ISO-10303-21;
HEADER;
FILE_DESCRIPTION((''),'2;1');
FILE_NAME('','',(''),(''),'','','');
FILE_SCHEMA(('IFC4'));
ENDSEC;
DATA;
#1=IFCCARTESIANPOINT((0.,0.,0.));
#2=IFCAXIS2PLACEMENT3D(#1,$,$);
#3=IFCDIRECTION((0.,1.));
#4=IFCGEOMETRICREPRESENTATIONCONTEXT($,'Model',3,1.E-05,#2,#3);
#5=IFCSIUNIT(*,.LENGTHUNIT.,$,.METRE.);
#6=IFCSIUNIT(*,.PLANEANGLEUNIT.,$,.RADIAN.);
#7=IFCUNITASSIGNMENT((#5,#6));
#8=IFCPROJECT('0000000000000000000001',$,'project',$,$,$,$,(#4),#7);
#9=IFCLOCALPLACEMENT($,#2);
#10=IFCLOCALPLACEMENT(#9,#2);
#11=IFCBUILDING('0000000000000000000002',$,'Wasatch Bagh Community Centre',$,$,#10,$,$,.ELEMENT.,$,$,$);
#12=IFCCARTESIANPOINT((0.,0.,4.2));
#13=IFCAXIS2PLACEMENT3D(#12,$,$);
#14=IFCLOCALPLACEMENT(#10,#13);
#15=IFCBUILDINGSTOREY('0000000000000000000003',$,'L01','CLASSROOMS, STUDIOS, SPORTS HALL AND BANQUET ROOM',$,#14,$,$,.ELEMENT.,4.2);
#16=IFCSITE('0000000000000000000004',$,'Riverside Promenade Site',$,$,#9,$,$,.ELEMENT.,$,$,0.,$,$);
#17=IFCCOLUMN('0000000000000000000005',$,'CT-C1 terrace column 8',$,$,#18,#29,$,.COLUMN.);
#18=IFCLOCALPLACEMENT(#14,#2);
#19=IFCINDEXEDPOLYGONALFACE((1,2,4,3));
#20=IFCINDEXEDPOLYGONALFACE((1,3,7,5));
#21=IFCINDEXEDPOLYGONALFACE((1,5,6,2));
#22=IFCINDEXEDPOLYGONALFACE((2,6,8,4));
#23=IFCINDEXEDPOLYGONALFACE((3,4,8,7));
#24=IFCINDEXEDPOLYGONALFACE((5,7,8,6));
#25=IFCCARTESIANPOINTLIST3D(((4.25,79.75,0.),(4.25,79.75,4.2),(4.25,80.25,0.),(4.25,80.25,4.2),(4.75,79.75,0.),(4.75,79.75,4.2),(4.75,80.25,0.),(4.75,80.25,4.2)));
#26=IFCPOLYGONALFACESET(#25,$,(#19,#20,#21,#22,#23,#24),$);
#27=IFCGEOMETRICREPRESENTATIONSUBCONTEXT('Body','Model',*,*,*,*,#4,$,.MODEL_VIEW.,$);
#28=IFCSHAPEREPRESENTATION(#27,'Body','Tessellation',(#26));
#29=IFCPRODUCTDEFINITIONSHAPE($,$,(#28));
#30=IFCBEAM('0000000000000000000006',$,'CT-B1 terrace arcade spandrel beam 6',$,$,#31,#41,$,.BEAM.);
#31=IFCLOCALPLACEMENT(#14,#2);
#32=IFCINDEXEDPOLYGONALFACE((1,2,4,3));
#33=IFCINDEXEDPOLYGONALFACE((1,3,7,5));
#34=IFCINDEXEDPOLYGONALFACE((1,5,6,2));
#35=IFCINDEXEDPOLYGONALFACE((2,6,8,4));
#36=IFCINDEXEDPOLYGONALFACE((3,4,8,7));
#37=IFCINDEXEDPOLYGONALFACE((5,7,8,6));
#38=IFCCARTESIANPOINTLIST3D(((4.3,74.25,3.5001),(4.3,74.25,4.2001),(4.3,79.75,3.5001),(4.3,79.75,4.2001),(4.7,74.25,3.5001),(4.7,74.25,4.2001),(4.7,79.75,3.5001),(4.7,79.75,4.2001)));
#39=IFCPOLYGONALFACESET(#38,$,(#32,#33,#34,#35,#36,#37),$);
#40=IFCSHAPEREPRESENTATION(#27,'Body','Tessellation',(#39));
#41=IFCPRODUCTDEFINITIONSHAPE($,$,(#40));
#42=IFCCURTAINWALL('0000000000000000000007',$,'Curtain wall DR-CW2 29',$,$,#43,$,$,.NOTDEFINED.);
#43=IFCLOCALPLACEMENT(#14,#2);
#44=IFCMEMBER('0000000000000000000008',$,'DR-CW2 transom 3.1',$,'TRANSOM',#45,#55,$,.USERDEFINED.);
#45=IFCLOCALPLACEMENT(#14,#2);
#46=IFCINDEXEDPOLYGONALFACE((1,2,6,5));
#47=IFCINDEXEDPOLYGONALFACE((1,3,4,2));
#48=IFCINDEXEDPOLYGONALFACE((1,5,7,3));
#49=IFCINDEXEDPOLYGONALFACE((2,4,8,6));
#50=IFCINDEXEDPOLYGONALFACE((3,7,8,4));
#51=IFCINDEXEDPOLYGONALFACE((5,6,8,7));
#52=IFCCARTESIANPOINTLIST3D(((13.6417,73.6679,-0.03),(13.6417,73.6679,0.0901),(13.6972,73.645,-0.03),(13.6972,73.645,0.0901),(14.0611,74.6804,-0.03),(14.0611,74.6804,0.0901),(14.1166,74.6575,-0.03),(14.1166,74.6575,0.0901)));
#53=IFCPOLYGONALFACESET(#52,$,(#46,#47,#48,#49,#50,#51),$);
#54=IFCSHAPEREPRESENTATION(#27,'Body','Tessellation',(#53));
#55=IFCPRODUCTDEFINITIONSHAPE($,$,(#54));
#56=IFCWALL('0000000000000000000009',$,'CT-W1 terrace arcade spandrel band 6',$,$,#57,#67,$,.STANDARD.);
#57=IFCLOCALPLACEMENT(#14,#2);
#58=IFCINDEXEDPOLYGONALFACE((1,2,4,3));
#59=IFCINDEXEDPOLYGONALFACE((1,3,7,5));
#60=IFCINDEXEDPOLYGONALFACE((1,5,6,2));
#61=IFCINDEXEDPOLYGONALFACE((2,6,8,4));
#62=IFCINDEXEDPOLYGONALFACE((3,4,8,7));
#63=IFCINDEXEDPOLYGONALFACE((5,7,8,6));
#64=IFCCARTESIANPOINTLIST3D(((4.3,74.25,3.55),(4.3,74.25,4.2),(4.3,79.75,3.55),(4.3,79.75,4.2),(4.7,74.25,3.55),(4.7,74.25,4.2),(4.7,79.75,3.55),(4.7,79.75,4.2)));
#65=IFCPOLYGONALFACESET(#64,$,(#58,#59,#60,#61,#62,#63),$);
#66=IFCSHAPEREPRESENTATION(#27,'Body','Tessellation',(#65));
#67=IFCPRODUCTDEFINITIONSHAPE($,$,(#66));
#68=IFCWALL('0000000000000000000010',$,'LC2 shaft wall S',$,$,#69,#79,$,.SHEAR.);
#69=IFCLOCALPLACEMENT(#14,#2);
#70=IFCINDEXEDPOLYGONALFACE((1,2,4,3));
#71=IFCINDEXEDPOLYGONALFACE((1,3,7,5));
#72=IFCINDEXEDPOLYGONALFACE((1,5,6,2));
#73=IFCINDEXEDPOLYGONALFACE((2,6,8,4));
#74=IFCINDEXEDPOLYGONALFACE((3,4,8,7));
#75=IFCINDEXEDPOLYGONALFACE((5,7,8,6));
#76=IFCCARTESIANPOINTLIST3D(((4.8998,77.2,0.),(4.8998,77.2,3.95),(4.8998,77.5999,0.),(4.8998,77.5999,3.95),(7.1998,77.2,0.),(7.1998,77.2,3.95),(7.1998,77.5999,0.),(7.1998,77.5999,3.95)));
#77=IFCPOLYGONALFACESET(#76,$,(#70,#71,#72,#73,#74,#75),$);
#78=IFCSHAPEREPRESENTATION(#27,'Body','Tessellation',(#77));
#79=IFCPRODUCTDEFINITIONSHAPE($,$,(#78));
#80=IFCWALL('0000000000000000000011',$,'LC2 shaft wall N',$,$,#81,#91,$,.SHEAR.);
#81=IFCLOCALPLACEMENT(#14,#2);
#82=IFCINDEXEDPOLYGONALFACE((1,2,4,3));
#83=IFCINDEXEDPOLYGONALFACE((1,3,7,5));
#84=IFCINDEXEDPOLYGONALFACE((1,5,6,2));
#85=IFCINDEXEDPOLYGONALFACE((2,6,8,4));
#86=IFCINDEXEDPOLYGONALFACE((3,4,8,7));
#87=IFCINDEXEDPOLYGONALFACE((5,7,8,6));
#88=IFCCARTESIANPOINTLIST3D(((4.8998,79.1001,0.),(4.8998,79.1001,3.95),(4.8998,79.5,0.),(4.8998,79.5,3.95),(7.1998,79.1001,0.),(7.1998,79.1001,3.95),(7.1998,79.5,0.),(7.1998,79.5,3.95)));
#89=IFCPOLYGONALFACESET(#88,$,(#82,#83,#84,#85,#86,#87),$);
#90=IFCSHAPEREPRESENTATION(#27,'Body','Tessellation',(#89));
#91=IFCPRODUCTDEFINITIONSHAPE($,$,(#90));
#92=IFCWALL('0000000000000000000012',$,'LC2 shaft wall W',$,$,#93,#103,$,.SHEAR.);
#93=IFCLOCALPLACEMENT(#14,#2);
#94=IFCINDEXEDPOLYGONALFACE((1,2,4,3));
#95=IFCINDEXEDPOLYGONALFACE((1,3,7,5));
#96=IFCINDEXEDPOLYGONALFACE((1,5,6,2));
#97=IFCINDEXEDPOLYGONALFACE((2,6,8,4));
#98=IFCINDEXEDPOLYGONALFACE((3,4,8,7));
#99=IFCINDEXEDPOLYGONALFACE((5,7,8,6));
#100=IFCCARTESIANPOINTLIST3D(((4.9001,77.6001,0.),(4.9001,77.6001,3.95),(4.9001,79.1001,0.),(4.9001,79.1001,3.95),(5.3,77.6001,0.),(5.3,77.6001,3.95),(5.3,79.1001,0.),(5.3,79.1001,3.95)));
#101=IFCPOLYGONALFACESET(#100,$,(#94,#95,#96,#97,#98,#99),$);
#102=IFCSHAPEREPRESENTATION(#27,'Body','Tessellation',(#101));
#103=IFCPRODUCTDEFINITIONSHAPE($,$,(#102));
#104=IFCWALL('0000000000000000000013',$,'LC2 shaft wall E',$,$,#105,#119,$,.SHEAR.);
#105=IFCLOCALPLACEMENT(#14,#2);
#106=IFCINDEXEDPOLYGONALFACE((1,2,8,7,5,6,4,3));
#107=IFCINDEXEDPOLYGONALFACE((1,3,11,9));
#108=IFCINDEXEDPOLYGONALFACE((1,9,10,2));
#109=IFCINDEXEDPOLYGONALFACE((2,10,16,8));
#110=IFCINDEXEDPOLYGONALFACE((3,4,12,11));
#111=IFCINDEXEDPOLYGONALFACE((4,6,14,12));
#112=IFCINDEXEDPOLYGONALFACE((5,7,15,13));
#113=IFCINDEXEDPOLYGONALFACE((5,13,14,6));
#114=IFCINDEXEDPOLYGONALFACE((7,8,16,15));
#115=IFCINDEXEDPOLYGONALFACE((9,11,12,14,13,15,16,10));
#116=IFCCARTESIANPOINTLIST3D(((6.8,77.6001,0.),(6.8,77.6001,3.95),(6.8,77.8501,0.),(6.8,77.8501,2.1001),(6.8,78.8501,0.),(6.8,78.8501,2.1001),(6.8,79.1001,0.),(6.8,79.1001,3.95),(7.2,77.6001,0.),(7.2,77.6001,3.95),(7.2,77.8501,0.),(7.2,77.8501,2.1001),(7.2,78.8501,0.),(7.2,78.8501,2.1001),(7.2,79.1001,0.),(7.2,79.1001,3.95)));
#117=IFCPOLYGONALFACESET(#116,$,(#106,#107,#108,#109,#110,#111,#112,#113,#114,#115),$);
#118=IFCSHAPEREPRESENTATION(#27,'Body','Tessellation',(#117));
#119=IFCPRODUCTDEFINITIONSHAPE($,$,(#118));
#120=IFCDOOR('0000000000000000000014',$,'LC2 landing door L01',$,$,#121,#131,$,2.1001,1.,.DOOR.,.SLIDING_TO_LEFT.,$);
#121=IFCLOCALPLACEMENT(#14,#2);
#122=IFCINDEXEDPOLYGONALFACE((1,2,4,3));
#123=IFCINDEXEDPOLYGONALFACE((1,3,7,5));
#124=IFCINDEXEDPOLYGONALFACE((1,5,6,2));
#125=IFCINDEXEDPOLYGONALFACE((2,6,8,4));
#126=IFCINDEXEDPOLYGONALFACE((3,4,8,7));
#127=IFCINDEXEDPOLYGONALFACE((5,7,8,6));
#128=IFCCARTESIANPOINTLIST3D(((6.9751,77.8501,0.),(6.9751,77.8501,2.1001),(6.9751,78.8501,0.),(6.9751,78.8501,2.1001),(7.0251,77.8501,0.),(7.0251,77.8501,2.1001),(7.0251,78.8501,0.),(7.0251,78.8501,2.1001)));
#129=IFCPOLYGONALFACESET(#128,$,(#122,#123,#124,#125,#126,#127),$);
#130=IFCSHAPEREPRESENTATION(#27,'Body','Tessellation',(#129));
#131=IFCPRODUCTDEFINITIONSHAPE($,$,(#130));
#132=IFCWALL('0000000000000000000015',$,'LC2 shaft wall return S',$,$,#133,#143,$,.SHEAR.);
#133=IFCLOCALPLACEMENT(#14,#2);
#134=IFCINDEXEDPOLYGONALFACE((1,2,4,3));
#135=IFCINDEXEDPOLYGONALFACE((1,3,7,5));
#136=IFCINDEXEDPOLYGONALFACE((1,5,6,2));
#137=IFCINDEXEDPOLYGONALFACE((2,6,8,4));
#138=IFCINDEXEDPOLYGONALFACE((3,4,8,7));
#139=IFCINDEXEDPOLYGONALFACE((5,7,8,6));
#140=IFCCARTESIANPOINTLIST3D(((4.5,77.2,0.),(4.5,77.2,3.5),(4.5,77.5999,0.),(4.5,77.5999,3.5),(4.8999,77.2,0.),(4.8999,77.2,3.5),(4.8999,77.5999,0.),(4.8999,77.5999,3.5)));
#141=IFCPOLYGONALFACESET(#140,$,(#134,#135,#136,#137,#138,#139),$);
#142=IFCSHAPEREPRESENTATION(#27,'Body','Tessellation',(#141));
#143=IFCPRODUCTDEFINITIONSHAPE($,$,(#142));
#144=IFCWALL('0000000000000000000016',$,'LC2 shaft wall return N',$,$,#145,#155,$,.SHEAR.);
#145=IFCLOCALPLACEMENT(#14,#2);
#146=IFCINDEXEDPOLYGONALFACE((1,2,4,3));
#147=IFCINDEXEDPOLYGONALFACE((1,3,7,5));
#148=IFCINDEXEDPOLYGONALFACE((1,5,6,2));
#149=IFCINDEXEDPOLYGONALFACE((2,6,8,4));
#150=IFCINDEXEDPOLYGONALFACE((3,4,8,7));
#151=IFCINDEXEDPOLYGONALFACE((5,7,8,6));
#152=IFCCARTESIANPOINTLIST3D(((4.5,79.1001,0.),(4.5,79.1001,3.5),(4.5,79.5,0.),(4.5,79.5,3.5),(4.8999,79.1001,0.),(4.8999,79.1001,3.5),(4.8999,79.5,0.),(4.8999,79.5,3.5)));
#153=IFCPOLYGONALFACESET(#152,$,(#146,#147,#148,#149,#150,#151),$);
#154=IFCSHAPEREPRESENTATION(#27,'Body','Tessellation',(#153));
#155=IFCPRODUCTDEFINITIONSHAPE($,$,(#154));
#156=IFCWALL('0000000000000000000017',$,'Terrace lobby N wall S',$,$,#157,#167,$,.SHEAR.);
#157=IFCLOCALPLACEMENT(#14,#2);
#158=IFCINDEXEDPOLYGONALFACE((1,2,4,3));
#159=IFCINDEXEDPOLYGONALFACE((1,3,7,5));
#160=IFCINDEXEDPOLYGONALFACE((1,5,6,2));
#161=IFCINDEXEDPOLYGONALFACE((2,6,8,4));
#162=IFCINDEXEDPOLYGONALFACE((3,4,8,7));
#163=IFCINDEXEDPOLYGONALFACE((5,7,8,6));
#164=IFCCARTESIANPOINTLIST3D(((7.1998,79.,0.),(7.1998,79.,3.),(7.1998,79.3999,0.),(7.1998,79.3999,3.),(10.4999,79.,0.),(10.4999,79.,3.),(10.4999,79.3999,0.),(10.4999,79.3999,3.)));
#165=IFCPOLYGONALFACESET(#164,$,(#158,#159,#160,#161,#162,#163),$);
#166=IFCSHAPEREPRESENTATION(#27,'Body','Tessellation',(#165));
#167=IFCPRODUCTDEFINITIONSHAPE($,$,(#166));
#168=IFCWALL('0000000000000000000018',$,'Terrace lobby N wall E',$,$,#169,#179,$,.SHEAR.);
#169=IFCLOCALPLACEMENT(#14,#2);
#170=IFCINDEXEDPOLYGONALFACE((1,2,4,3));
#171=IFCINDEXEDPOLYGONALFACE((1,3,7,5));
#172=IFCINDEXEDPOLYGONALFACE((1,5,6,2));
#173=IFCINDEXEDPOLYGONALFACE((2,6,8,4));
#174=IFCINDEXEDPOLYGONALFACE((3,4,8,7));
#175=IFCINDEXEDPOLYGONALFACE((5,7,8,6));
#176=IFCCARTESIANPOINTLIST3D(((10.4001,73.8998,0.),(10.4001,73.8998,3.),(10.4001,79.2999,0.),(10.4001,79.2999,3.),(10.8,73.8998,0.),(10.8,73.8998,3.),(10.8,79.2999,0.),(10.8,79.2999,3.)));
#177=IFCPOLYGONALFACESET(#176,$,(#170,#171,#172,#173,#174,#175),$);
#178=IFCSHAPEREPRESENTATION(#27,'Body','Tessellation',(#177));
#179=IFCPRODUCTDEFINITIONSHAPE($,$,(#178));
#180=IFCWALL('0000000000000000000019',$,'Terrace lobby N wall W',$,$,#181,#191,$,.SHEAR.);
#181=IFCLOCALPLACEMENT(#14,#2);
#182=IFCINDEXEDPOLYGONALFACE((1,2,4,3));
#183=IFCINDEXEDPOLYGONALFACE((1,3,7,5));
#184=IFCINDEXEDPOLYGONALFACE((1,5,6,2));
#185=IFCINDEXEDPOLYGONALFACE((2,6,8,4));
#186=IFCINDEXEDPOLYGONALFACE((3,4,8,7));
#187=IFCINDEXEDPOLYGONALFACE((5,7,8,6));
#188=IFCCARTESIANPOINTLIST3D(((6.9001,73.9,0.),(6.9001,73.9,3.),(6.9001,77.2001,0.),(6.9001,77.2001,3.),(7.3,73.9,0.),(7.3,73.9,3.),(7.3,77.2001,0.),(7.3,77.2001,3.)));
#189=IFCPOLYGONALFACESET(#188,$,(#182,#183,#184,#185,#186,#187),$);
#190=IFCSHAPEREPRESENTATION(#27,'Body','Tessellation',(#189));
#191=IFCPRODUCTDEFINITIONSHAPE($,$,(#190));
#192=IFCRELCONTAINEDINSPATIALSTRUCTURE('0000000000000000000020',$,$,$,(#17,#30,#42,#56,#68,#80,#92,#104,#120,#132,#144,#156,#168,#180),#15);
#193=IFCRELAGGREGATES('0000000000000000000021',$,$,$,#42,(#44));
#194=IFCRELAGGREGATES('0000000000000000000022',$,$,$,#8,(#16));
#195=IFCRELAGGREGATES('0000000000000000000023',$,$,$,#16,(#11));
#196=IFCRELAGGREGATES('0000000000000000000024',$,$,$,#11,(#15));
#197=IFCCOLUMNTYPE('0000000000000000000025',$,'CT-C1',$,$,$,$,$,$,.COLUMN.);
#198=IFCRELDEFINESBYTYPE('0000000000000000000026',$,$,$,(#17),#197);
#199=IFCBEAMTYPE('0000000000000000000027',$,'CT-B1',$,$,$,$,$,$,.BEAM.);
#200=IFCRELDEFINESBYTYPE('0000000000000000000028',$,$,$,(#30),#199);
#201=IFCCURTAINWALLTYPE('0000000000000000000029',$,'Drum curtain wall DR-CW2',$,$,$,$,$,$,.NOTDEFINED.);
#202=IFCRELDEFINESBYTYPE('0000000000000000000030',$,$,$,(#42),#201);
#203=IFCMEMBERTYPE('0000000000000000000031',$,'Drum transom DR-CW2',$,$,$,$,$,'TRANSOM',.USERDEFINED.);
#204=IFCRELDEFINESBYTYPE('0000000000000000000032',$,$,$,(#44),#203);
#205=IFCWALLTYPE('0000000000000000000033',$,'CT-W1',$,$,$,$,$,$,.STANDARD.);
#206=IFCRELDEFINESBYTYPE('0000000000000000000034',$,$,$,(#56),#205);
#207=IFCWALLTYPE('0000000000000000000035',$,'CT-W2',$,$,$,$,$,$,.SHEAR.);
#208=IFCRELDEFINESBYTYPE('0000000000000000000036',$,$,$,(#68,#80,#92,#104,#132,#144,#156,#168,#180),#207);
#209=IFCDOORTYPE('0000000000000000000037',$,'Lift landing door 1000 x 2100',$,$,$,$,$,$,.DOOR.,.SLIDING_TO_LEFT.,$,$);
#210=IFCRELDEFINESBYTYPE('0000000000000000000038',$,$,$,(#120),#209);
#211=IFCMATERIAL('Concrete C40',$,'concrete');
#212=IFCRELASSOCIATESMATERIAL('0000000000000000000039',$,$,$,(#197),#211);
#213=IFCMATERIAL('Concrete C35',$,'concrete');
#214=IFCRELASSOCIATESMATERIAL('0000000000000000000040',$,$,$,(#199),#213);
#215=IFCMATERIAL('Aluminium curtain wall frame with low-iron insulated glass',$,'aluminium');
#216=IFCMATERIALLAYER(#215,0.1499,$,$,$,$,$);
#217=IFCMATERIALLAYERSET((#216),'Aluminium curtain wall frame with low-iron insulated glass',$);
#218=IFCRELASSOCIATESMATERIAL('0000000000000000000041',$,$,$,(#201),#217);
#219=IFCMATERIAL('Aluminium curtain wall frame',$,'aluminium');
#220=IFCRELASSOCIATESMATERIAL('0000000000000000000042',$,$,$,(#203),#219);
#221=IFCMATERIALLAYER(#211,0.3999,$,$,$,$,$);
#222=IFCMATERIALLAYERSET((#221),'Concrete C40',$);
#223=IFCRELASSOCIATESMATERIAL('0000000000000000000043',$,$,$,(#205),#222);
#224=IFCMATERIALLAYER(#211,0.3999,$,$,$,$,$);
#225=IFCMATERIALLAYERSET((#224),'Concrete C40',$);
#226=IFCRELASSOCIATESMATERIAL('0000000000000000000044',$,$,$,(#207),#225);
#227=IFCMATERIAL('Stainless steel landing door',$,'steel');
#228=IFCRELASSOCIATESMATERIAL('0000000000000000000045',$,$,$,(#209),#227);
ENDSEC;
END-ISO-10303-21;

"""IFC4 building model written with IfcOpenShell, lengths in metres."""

from ifc_helpers import new_model, si_unit, direction, frame, frame_2d, origin, origin_2d, place, context, subcontext, project, spatial, rectangle, extrude, material, layer, layer_set, material_profile, profile_set, type_object, element, fill, aggregate, save


model = new_model("IFC4")

# Units and contexts
model_context = context("Model", 3, precision=1e-05, world=origin(), true_north=direction((0.0, 1.0)))
body_context = subcontext(model_context, "Body", "Model", "MODEL_VIEW")
ifc_project = project(units=[si_unit("LENGTHUNIT", "METRE"), si_unit("PLANEANGLEUNIT", "RADIAN")], contexts=[model_context])

# Site, building, storey
site_placement = place(None, origin())
site = spatial("IfcSite", under=ifc_project, at=site_placement, Name="Riverside Promenade Site", CompositionType="ELEMENT", RefElevation=0.0)
building_placement = place(site_placement, origin())
building = spatial("IfcBuilding", under=site, at=building_placement, Name="Wasatch Bagh Community Centre", CompositionType="ELEMENT")
storey_placement = place(building_placement, frame((0.0, 0.0, 4.2)))
storey = spatial("IfcBuildingStorey", under=building, at=storey_placement, Name="L01", Description="CLASSROOMS, STUDIOS, SPORTS HALL AND BANQUET ROOM", CompositionType="ELEMENT", Elevation=4.2)

# Column
ifc_material_1 = material(Name="Concrete C40", Category="concrete")
ifc_material_profile_1 = material_profile(ifc_material_1, rectangle(XDim=0.5, YDim=0.5, at=origin_2d()), Name="RC 500x500")
ifc_profile_set_1 = profile_set([ifc_material_profile_1], Name="Concrete C40")
column_type = type_object("IfcColumnType", Name="CT-C1", PredefinedType="COLUMN", material=ifc_profile_set_1)
column_placement = place(storey_placement, frame((4.5, 80.0, 0.0), z_axis=(0.0, 0.0, 1.0), x_axis=(1.0, 0.0, 0.0)))
element("IfcColumn", 1, at=column_placement, inside=storey, type_object=column_type, Name="CT-C1 terrace column 8", PredefinedType="COLUMN", context=body_context, shape_type="SweptSolid", body=[
    extrude(rectangle(XDim=0.5, YDim=0.5, at=origin_2d()), origin(), (0.0, 0.0, 1.0), 4.2),
])

# Beam
ifc_material_2 = material(Name="Concrete C35", Category="concrete")
ifc_material_profile_2 = material_profile(ifc_material_2, rectangle(XDim=0.3999, YDim=0.7, at=origin_2d()), Name="RC 400x700")
ifc_profile_set_2 = profile_set([ifc_material_profile_2], Name="Concrete C35")
beam_type = type_object("IfcBeamType", Name="CT-B1", PredefinedType="BEAM", material=ifc_profile_set_2)
beam_placement = place(storey_placement, frame((4.5, 74.25, 3.8501), z_axis=(0.0, 1.0, 0.0), x_axis=(-1.0, 0.0, 0.0)))
element("IfcBeam", 2, at=beam_placement, inside=storey, type_object=beam_type, Name="CT-B1 terrace arcade spandrel beam 6", PredefinedType="BEAM", context=body_context, shape_type="SweptSolid", body=[
    extrude(rectangle(XDim=0.3999, YDim=0.7, at=origin_2d()), origin(), (0.0, 0.0, 1.0), 5.5),
])

# Curtain wall, member
ifc_material_3 = material(Name="Aluminium curtain wall frame with low-iron insulated glass", Category="aluminium")
ifc_layer_1 = layer(ifc_material_3, 0.1499)
ifc_layer_set_1 = layer_set([ifc_layer_1], Name="Aluminium curtain wall frame with low-iron insulated glass")
curtain_wall_type = type_object("IfcCurtainWallType", Name="Drum curtain wall DR-CW2", PredefinedType="NOTDEFINED", material=ifc_layer_set_1)
curtain_wall_placement = place(storey_placement, origin())
curtain_wall = element("IfcCurtainWall", 3, at=curtain_wall_placement, inside=storey, type_object=curtain_wall_type, Name="Curtain wall DR-CW2 29", PredefinedType="NOTDEFINED")
ifc_material_4 = material(Name="Aluminium curtain wall frame", Category="aluminium")
ifc_material_profile_3 = material_profile(ifc_material_4, rectangle(XDim=0.0601, YDim=0.1201, at=origin_2d()), Name="Drum transom DR-CW2")
ifc_profile_set_3 = profile_set([ifc_material_profile_3], Name="Aluminium curtain wall frame")
member_type = type_object("IfcMemberType", Name="Drum transom DR-CW2", ElementType="TRANSOM", PredefinedType="USERDEFINED", material=ifc_profile_set_3)
member_placement = place(storey_placement, frame((14.0889, 74.6689, 0.03), z_axis=(-0.382732, -0.923859, 0.0), x_axis=(0.923859, -0.382732, 0.0)))
member = element("IfcMember", 4, at=member_placement, type_object=member_type, Name="DR-CW2 transom 3.1", ObjectType="TRANSOM", PredefinedType="USERDEFINED", context=body_context, shape_type="SweptSolid", body=[
    extrude(rectangle(XDim=0.0601, YDim=0.1201, at=origin_2d()), origin(), (0.0, 0.0, 1.0), 1.0959),
])
aggregate(curtain_wall, [member])

# Walls
ifc_layer_2 = layer(ifc_material_1, 0.3999)
ifc_layer_set_2 = layer_set([ifc_layer_2], Name="Concrete C40")
wall_type_1 = type_object("IfcWallType", Name="CT-W1", PredefinedType="STANDARD", material=ifc_layer_set_2)
wall_1_placement = place(storey_placement, frame((4.5, 74.25, 3.55), z_axis=(0.0, 0.0, 1.0), x_axis=(0.0, 1.0, 0.0)))
element("IfcWall", 5, at=wall_1_placement, inside=storey, type_object=wall_type_1, Name="CT-W1 terrace arcade spandrel band 6", PredefinedType="STANDARD", context=body_context, shape_type="SweptSolid", body=[
    extrude(rectangle(XDim=5.5, YDim=0.3999, at=frame_2d((2.75, 0.0))), origin(), (0.0, 0.0, 1.0), 0.6499),
])
ifc_layer_3 = layer(ifc_material_1, 0.3999)
ifc_layer_set_3 = layer_set([ifc_layer_3], Name="Concrete C40")
wall_type_2 = type_object("IfcWallType", Name="CT-W2", PredefinedType="SHEAR", material=ifc_layer_set_3)
for number, where, z_axis, x_axis, name in (
    (6, (4.8999, 77.3999, 0.0), (0.0, 0.0, 1.0), (1.0, 0.0, 0.0), "LC2 shaft wall S"),
    (7, (4.8999, 79.3, 0.0), (0.0, 0.0, 1.0), (1.0, 0.0, 0.0), "LC2 shaft wall N"),
):
    element("IfcWall", number, at=place(storey_placement, frame(where, z_axis=z_axis, x_axis=x_axis)), inside=storey, type_object=wall_type_2, Name=name, PredefinedType="SHEAR", context=body_context, shape_type="SweptSolid", body=[
        extrude(rectangle(XDim=2.3, YDim=0.3999, at=frame_2d((1.1499, 0.0))), origin(), (0.0, 0.0, 1.0), 3.95),
    ])
wall_2_placement = place(storey_placement, frame((5.1001, 77.6001, 0.0), z_axis=(0.0, 0.0, 1.0), x_axis=(0.0, 1.0, 0.0)))
element("IfcWall", 8, at=wall_2_placement, inside=storey, type_object=wall_type_2, Name="LC2 shaft wall W", PredefinedType="SHEAR", context=body_context, shape_type="SweptSolid", body=[
    extrude(rectangle(XDim=1.5, YDim=0.3999, at=frame_2d((0.75, 0.0))), origin(), (0.0, 0.0, 1.0), 3.95),
])

# Wall, opening, door
wall_3_placement = place(storey_placement, frame((7.0, 77.6001, 0.0), z_axis=(0.0, 0.0, 1.0), x_axis=(0.0, 1.0, 0.0)))
wall_3 = element("IfcWall", 9, at=wall_3_placement, inside=storey, type_object=wall_type_2, Name="LC2 shaft wall E", PredefinedType="SHEAR", context=body_context, shape_type="SweptSolid", body=[
    extrude(rectangle(XDim=1.5, YDim=0.3999, at=frame_2d((0.75, 0.0))), origin(), (0.0, 0.0, 1.0), 3.95),
])
opening_placement = place(wall_3_placement, frame((0.25, 0.0, 0.0)))
opening = element("IfcOpeningElement", 10, at=opening_placement, cuts=wall_3, PredefinedType="OPENING", context=body_context, shape_type="SweptSolid", body=[
    extrude(rectangle(XDim=1.0, YDim=2.1001, at=frame_2d((0.5, 1.05))), frame((0.0, 0.21, 0.0), z_axis=(0.0, -1.0, 0.0), x_axis=(1.0, 0.0, 0.0)), (0.0, 0.0, 1.0), 0.4199),
])
ifc_material_5 = material(Name="Stainless steel landing door", Category="steel")
door_type = type_object("IfcDoorType", Name="Lift landing door 1000 x 2100", OperationType="SLIDING_TO_LEFT", PredefinedType="DOOR", material=ifc_material_5)
door_placement = place(opening_placement, origin())
door = element("IfcDoor", 11, at=door_placement, inside=storey, type_object=door_type, Name="LC2 landing door L01", OperationType="SLIDING_TO_LEFT", OverallHeight=2.1001, OverallWidth=1.0, PredefinedType="DOOR", context=body_context, shape_type="SweptSolid", body=[
    extrude(rectangle(XDim=1.0, YDim=2.1001, at=frame_2d((0.5, 1.05))), frame((0.0, 0.0249, 0.0), z_axis=(0.0, -1.0, 0.0), x_axis=(1.0, 0.0, 0.0)), (0.0, 0.0, 1.0), 0.05),
])
fill(opening, door)

# Walls
for number, where, z_axis, x_axis, name in (
    (12, (4.5, 77.3999, 0.0), (0.0, 0.0, 1.0), (1.0, 0.0, 0.0), "LC2 shaft wall return S"),
    (13, (4.5, 79.3, 0.0), (0.0, 0.0, 1.0), (1.0, 0.0, 0.0), "LC2 shaft wall return N"),
):
    element("IfcWall", number, at=place(storey_placement, frame(where, z_axis=z_axis, x_axis=x_axis)), inside=storey, type_object=wall_type_2, Name=name, PredefinedType="SHEAR", context=body_context, shape_type="SweptSolid", body=[
        extrude(rectangle(XDim=0.3999, YDim=0.3999, at=frame_2d((0.2, 0.0))), origin(), (0.0, 0.0, 1.0), 3.5),
    ])
wall_4_placement = place(storey_placement, frame((7.2, 79.2, 0.0), z_axis=(0.0, 0.0, 1.0), x_axis=(1.0, 0.0, 0.0)))
element("IfcWall", 14, at=wall_4_placement, inside=storey, type_object=wall_type_2, Name="Terrace lobby N wall S", PredefinedType="SHEAR", context=body_context, shape_type="SweptSolid", body=[
    extrude(rectangle(XDim=3.3, YDim=0.3999, at=frame_2d((1.6499, 0.0))), origin(), (0.0, 0.0, 1.0), 3.0),
])
wall_5_placement = place(storey_placement, frame((10.6001, 79.3, 0.0), z_axis=(0.0, 0.0, 1.0), x_axis=(0.0, -1.0, 0.0)))
element("IfcWall", 15, at=wall_5_placement, inside=storey, type_object=wall_type_2, Name="Terrace lobby N wall E", PredefinedType="SHEAR", context=body_context, shape_type="SweptSolid", body=[
    extrude(rectangle(XDim=5.4001, YDim=0.3999, at=frame_2d((2.7002, 0.0))), origin(), (0.0, 0.0, 1.0), 3.0),
])
wall_6_placement = place(storey_placement, frame((7.1001, 77.2, 0.0), z_axis=(0.0, 0.0, 1.0), x_axis=(0.0, -1.0, 0.0)))
element("IfcWall", 16, at=wall_6_placement, inside=storey, type_object=wall_type_2, Name="Terrace lobby N wall W", PredefinedType="SHEAR", context=body_context, shape_type="SweptSolid", body=[
    extrude(rectangle(XDim=3.3, YDim=0.3999, at=frame_2d((1.6499, 0.0))), origin(), (0.0, 0.0, 1.0), 3.0),
])

save(model, "model.ifc")
